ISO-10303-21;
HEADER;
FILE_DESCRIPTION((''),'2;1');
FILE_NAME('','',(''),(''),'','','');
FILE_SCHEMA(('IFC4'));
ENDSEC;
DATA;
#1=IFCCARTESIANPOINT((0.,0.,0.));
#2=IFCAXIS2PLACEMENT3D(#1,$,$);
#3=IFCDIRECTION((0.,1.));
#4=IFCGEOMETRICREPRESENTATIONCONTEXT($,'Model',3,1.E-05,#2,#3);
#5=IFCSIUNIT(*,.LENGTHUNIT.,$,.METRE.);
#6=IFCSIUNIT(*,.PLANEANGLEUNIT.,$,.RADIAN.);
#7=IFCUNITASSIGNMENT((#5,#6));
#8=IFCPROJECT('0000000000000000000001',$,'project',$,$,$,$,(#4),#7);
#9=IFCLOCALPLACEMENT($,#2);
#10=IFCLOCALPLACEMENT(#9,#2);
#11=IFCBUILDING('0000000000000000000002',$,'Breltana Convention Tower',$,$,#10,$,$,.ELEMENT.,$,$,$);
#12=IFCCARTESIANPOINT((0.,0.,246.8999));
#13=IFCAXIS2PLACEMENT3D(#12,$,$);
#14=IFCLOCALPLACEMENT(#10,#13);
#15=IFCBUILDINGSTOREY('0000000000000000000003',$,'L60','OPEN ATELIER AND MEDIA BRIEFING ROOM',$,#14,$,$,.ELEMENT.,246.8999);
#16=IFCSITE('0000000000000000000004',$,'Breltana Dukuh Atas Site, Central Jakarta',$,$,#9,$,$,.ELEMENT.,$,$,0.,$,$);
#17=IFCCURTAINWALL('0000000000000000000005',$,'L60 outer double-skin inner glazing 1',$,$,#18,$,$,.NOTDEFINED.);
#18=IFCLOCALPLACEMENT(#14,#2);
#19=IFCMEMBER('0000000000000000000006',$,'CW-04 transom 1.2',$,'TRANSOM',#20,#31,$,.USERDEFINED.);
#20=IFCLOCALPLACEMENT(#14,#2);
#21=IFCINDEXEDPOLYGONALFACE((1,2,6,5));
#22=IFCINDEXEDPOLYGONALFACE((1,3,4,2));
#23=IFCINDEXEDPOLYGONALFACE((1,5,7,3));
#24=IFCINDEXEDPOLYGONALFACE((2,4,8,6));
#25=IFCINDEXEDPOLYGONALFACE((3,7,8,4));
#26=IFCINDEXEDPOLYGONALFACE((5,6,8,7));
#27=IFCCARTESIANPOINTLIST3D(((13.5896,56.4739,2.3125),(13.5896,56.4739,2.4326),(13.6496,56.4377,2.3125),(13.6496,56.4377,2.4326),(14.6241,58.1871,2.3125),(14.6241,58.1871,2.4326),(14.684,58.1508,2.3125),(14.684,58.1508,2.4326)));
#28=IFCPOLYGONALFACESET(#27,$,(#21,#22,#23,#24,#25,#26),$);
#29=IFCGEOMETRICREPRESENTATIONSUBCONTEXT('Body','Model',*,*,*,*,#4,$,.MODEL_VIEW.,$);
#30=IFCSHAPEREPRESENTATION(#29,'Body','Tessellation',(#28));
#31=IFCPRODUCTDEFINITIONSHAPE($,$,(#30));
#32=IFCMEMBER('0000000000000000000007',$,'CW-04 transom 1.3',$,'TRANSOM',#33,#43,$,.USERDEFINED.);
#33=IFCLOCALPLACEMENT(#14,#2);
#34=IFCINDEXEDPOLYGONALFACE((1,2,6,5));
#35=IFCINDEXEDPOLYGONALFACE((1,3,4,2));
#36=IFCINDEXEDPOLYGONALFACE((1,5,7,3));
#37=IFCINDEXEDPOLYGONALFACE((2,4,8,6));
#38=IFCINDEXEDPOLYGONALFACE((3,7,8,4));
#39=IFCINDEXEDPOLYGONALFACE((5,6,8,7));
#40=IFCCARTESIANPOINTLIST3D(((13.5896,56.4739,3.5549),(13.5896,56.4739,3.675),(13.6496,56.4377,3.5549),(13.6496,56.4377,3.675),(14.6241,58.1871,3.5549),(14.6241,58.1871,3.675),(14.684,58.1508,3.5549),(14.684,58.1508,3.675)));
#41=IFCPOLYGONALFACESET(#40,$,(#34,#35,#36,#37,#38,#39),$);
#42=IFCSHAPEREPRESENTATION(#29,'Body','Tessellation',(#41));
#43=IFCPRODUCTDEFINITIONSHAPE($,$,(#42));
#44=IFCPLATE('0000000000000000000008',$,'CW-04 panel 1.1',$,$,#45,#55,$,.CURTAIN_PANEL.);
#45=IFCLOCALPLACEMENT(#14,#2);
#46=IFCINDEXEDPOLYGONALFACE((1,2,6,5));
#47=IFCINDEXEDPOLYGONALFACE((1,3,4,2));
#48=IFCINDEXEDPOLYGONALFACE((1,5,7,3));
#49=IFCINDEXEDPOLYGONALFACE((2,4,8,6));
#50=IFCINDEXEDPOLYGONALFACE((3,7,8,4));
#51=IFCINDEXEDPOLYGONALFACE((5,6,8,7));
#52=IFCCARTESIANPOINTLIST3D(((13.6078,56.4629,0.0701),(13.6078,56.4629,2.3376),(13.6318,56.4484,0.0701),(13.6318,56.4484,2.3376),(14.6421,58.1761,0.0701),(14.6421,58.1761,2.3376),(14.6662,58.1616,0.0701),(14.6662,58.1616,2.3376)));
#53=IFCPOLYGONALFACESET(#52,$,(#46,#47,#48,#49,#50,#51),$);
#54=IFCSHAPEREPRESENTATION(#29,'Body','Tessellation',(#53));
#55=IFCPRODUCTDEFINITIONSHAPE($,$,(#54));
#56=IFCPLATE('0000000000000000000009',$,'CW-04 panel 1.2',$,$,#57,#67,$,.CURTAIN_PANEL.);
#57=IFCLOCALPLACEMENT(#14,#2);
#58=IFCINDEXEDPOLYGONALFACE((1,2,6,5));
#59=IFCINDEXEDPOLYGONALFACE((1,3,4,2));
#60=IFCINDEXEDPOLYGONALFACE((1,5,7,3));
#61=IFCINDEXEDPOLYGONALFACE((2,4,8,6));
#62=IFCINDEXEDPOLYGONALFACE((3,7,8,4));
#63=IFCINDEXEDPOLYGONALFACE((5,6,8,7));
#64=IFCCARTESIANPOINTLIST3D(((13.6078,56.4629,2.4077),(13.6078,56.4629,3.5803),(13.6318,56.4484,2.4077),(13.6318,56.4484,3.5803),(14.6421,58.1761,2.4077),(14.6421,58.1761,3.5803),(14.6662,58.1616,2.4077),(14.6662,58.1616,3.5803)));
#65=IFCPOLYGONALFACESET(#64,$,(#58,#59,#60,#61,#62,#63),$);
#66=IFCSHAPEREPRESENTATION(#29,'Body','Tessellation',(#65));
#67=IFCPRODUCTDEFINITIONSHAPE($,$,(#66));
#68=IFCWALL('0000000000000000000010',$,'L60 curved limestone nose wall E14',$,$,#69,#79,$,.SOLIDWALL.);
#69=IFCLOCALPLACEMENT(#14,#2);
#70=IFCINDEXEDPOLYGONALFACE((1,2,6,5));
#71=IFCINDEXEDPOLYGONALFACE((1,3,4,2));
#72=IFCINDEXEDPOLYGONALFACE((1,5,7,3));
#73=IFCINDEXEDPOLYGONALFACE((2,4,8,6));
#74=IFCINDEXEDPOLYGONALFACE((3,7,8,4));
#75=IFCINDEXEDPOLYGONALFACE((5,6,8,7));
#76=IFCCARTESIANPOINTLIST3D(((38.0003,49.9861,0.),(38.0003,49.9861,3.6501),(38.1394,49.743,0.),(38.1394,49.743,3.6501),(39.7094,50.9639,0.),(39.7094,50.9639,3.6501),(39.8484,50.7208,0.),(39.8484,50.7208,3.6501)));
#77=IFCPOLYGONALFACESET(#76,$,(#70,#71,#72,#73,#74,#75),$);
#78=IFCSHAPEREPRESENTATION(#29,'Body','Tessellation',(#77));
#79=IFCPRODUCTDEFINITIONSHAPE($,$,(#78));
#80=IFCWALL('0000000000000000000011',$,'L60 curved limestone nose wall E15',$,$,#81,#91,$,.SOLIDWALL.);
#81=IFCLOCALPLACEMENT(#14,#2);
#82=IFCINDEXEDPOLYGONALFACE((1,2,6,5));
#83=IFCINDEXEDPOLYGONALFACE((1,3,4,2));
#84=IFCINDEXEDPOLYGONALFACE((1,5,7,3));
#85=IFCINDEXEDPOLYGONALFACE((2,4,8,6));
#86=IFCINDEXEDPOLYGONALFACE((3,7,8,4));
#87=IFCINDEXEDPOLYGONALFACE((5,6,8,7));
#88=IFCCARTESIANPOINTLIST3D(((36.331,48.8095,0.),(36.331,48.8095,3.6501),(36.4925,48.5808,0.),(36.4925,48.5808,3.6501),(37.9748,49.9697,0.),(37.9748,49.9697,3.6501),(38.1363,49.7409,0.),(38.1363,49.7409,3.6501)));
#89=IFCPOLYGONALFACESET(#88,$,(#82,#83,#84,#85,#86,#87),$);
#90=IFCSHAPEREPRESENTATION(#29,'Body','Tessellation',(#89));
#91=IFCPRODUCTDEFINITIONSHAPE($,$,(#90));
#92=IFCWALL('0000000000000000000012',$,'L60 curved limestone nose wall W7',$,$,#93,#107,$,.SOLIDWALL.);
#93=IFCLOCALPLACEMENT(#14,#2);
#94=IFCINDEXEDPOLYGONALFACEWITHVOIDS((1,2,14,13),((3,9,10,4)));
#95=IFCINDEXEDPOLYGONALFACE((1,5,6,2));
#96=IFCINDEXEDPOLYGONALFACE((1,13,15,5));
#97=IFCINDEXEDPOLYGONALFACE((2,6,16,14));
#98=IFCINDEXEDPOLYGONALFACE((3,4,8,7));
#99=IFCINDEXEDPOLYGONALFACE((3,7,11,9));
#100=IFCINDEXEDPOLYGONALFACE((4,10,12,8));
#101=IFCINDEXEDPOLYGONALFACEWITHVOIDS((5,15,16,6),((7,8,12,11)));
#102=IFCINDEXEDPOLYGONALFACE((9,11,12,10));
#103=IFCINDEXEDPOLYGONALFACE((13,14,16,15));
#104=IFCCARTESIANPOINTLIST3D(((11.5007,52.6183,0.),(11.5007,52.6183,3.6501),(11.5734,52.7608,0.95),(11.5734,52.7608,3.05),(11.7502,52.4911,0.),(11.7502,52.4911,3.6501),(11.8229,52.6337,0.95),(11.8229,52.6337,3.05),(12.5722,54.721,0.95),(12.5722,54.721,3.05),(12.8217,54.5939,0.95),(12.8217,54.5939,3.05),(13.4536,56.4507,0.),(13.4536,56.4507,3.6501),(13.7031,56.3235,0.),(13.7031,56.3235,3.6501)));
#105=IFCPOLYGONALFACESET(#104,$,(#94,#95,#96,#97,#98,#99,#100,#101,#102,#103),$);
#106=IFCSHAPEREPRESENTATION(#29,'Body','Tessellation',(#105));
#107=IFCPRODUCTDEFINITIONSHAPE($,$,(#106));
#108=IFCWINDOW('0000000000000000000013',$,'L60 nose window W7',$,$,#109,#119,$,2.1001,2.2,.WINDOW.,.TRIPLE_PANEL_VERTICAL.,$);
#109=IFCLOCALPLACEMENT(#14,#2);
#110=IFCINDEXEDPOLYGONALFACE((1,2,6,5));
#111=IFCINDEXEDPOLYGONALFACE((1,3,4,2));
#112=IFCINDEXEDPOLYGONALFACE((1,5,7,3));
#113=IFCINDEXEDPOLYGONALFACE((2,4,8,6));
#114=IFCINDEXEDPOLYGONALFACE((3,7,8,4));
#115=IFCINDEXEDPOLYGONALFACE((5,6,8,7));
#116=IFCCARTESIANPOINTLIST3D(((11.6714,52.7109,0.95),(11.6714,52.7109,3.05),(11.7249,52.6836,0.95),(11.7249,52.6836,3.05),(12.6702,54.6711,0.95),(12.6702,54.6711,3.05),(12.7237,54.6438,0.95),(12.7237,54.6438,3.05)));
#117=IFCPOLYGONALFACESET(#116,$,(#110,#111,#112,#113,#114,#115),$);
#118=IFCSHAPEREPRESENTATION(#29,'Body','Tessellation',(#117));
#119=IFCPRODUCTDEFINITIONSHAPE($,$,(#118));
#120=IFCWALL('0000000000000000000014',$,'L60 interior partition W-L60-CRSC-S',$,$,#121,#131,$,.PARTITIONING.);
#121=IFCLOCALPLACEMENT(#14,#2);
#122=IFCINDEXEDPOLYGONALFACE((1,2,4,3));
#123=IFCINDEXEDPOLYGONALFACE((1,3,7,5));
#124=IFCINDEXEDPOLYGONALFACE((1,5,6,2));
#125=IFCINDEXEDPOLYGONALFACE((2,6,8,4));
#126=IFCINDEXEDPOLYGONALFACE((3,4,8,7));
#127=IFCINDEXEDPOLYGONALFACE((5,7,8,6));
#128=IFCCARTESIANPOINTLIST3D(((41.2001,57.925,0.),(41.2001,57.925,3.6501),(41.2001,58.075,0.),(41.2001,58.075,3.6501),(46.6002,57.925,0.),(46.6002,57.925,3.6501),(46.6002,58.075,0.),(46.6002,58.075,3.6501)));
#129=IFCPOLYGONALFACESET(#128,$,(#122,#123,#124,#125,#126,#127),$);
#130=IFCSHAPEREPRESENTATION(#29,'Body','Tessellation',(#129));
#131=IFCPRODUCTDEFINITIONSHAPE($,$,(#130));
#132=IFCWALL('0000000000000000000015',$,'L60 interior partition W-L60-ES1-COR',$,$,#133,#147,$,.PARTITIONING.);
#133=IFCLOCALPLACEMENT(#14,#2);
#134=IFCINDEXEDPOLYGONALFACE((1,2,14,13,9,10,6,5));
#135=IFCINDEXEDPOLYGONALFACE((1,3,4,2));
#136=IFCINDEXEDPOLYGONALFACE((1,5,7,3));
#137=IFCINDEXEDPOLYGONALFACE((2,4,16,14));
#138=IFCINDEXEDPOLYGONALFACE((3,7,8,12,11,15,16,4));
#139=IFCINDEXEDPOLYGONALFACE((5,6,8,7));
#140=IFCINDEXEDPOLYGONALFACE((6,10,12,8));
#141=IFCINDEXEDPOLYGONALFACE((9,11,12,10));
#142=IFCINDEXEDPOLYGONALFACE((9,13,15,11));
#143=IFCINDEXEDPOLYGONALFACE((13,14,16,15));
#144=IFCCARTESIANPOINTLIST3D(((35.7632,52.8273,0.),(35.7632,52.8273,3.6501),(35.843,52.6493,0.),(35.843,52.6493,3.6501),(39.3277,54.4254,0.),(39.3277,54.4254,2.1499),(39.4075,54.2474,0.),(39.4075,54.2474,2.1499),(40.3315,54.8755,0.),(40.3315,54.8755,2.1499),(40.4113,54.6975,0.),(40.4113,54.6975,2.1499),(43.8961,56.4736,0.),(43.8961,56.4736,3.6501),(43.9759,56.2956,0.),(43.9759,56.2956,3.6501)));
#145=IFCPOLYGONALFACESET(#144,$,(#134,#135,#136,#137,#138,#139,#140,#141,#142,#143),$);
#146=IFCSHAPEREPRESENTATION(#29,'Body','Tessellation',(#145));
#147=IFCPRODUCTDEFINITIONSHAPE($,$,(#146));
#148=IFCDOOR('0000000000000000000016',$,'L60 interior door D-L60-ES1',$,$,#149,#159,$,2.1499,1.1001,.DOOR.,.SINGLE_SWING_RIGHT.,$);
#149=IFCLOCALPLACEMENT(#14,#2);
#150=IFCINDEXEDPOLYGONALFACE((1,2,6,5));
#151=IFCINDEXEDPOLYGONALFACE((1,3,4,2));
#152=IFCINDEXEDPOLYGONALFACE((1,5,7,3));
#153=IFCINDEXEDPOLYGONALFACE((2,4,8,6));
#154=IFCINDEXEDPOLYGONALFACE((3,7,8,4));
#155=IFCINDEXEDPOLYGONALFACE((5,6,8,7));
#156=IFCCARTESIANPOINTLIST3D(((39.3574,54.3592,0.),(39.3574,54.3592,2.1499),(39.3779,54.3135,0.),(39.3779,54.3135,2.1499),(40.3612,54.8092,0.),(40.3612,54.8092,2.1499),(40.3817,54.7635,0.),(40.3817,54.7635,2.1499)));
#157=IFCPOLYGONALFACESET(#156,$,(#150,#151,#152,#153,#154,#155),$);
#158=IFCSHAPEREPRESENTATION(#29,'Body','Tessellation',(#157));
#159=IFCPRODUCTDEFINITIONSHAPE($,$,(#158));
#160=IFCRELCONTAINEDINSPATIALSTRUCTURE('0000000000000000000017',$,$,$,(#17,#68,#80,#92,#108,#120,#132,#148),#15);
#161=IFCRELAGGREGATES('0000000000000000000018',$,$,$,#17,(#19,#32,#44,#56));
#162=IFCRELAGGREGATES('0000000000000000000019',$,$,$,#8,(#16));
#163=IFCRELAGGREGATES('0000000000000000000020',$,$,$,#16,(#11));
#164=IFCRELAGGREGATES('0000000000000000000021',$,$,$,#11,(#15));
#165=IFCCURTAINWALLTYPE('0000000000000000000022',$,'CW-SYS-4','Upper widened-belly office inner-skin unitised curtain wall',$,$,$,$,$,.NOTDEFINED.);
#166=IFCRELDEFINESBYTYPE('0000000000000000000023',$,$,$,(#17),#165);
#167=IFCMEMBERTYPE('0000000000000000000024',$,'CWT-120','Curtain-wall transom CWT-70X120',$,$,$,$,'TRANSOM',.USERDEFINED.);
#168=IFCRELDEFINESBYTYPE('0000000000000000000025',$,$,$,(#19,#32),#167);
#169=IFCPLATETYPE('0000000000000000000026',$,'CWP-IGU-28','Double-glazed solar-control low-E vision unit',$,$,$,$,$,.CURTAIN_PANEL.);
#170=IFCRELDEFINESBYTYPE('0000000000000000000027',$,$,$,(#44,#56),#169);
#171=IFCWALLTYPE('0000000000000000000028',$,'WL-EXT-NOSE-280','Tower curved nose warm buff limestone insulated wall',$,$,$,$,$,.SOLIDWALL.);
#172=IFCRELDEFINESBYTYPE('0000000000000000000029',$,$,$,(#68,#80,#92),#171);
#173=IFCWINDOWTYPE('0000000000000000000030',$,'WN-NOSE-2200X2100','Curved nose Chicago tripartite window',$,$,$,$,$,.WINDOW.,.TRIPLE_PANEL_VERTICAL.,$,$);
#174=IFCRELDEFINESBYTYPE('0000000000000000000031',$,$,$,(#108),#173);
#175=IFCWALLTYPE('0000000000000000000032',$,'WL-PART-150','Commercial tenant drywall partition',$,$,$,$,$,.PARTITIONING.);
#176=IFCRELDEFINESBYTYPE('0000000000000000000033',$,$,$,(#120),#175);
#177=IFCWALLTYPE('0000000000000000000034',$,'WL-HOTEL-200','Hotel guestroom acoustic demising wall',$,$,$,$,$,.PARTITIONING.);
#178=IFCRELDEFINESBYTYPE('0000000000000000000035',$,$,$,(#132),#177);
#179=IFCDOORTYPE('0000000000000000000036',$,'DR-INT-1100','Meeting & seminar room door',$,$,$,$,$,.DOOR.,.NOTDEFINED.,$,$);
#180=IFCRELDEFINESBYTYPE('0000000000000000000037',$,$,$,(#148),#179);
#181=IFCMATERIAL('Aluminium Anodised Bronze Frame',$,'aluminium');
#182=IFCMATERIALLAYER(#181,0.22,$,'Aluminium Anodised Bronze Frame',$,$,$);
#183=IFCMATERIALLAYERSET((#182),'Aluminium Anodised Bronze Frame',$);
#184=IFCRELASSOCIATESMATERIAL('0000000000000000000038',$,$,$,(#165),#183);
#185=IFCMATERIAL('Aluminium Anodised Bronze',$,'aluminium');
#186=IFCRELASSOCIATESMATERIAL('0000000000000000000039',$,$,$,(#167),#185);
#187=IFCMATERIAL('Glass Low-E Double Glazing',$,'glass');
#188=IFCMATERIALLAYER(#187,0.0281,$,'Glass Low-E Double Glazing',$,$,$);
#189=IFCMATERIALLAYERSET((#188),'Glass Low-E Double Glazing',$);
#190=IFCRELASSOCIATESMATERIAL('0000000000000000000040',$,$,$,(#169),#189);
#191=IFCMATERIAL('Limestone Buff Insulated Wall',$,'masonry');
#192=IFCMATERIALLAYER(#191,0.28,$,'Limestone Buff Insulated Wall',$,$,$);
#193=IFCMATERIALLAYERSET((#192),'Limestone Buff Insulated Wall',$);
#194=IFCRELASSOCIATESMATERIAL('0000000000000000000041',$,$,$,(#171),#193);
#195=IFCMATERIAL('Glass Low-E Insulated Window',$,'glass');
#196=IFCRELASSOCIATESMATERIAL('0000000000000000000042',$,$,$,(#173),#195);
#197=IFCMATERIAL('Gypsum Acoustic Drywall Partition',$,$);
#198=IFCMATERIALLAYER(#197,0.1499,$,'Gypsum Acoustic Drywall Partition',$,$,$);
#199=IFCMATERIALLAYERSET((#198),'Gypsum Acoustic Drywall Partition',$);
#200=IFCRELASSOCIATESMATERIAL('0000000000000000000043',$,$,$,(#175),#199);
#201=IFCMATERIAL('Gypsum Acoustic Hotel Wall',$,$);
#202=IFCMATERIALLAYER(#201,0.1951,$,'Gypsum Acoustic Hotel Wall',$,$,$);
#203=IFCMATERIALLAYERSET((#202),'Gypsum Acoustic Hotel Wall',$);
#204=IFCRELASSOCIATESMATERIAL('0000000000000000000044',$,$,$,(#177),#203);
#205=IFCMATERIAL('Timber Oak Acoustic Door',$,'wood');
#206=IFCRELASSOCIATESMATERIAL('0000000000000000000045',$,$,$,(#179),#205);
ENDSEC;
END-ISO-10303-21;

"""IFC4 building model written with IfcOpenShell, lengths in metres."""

from ifc_helpers import new_model, si_unit, direction, frame, frame_2d, origin, origin_2d, place, context, subcontext, project, spatial, rectangle, extrude, source, transform, mapped, material, layer, layer_set, material_profile, profile_set, type_object, type_shapes, element, fill, aggregate, save


model = new_model("IFC4")

# Units and contexts
model_context = context("Model", 3, precision=1e-05, world=origin(), true_north=direction((0.0, 1.0)))
body_context = subcontext(model_context, "Body", "Model", "MODEL_VIEW")
ifc_project = project(units=[si_unit("LENGTHUNIT", "METRE"), si_unit("PLANEANGLEUNIT", "RADIAN")], contexts=[model_context])

# Site, building, storey
site_placement = place(None, origin())
site = spatial("IfcSite", under=ifc_project, at=site_placement, Name="Breltana Dukuh Atas Site, Central Jakarta", CompositionType="ELEMENT", RefElevation=0.0)
building_placement = place(site_placement, origin())
building = spatial("IfcBuilding", under=site, at=building_placement, Name="Breltana Convention Tower", CompositionType="ELEMENT")
storey_placement = place(building_placement, frame((0.0, 0.0, 246.8999)))
storey = spatial("IfcBuildingStorey", under=building, at=storey_placement, Name="L60", Description="OPEN ATELIER AND MEDIA BRIEFING ROOM", CompositionType="ELEMENT", Elevation=246.8999)

# Curtain wall, members, plates
ifc_material_1 = material(Name="Aluminium Anodised Bronze Frame", Category="aluminium")
ifc_layer_1 = layer(ifc_material_1, 0.22, Name="Aluminium Anodised Bronze Frame")
ifc_layer_set_1 = layer_set([ifc_layer_1], Name="Aluminium Anodised Bronze Frame")
curtain_wall_type = type_object("IfcCurtainWallType", Name="CW-SYS-4", Description="Upper widened-belly office inner-skin unitised curtain wall", PredefinedType="NOTDEFINED", material=ifc_layer_set_1)
curtain_wall_placement = place(storey_placement, origin())
curtain_wall = element("IfcCurtainWall", 1, at=curtain_wall_placement, inside=storey, type_object=curtain_wall_type, Name="L60 outer double-skin inner glazing 1", PredefinedType="NOTDEFINED")
ifc_material_2 = material(Name="Aluminium Anodised Bronze", Category="aluminium")
ifc_material_profile_1 = material_profile(ifc_material_2, rectangle(XDim=0.0701, YDim=0.1201, at=origin_2d()), Name="CWT-70X120")
ifc_profile_set_1 = profile_set([ifc_material_profile_1], Name="Aluminium Anodised Bronze")
member_type_1 = type_object("IfcMemberType", Name="CWT-120", Description="Curtain-wall transom CWT-70X120", ElementType="TRANSOM", PredefinedType="USERDEFINED", material=ifc_profile_set_1)
shared_shape_1 = source(origin(), body_context, "Body", "SweptSolid", [
    extrude(rectangle(XDim=0.0701, YDim=0.1201, at=origin_2d()), origin(), (0.0, 0.0, 1.0), 2.0012),
])
member_1_placement = place(storey_placement, frame((13.6196, 56.4558, 2.3726), z_axis=(0.516898, 0.856047, 0.0), x_axis=(-0.856047, 0.516898, 0.0)))
member_1 = element("IfcMember", 2, at=member_1_placement, type_object=member_type_1, Name="CW-04 transom 1.2", ObjectType="TRANSOM", PredefinedType="USERDEFINED", context=body_context, shape_type="MappedRepresentation", body=[
    mapped(shared_shape_1, transform((0.0, 0.0, 0.0), scale=1.0)),
])
member_2_placement = place(storey_placement, frame((13.6196, 56.4558, 3.615), z_axis=(0.516898, 0.856047, 0.0), x_axis=(-0.856047, 0.516898, 0.0)))
member_2 = element("IfcMember", 3, at=member_2_placement, type_object=member_type_1, Name="CW-04 transom 1.3", ObjectType="TRANSOM", PredefinedType="USERDEFINED", context=body_context, shape_type="MappedRepresentation", body=[
    mapped(shared_shape_1, transform((0.0, 0.0, 0.0), scale=1.0)),
])
ifc_material_3 = material(Name="Glass Low-E Double Glazing", Category="glass")
ifc_layer_2 = layer(ifc_material_3, 0.0281, Name="Glass Low-E Double Glazing")
ifc_layer_set_2 = layer_set([ifc_layer_2], Name="Glass Low-E Double Glazing")
plate_type = type_object("IfcPlateType", Name="CWP-IGU-28", Description="Double-glazed solar-control low-E vision unit", PredefinedType="CURTAIN_PANEL", material=ifc_layer_set_2)
shared_shape_2 = source(origin(), body_context, "Body", "SweptSolid", [
    extrude(rectangle(XDim=2.0012, YDim=0.0281, at=origin_2d()), origin(), (0.0, 0.0, 1.0), 2.2676),
])
plate_1_placement = place(storey_placement, frame((14.137, 57.3123, 0.0701), z_axis=(0.0, 0.0, 1.0), x_axis=(0.516875, 0.856061, 0.0)))
plate_1 = element("IfcPlate", 4, at=plate_1_placement, type_object=plate_type, Name="CW-04 panel 1.1", PredefinedType="CURTAIN_PANEL", context=body_context, shape_type="MappedRepresentation", body=[
    mapped(shared_shape_2, transform((0.0, 0.0, 0.0), scale=1.0)),
])
shared_shape_3 = source(origin(), body_context, "Body", "SweptSolid", [
    extrude(rectangle(XDim=2.0012, YDim=0.0281, at=origin_2d()), origin(), (0.0, 0.0, 1.0), 1.1726),
])
plate_2_placement = place(storey_placement, frame((14.137, 57.3123, 2.4077), z_axis=(0.0, 0.0, 1.0), x_axis=(0.516875, 0.856061, 0.0)))
plate_2 = element("IfcPlate", 5, at=plate_2_placement, type_object=plate_type, Name="CW-04 panel 1.2", PredefinedType="CURTAIN_PANEL", context=body_context, shape_type="MappedRepresentation", body=[
    mapped(shared_shape_3, transform((0.0, 0.0, 0.0), scale=1.0)),
])
aggregate(curtain_wall, [member_1, member_2, plate_1, plate_2])

# Walls
ifc_material_4 = material(Name="Limestone Buff Insulated Wall", Category="masonry")
ifc_layer_3 = layer(ifc_material_4, 0.28, Name="Limestone Buff Insulated Wall")
ifc_layer_set_3 = layer_set([ifc_layer_3], Name="Limestone Buff Insulated Wall")
wall_type_1 = type_object("IfcWallType", Name="WL-EXT-NOSE-280", Description="Tower curved nose warm buff limestone insulated wall", PredefinedType="SOLIDWALL", material=ifc_layer_set_3)
shared_shape_4 = source(origin(), body_context, "Body", "SweptSolid", [
    extrude(rectangle(XDim=1.969, YDim=0.28, at=frame_2d((0.9844, 0.0))), origin(), (0.0, 0.0, 1.0), 3.6501),
])
wall_1_placement = place(storey_placement, frame((39.7788, 50.8423, 0.0), z_axis=(0.0, 0.0, 1.0), x_axis=(-0.867976, -0.496606, 0.0)))
element("IfcWall", 6, at=wall_1_placement, inside=storey, type_object=wall_type_1, Name="L60 curved limestone nose wall E14", PredefinedType="SOLIDWALL", context=body_context, shape_type="MappedRepresentation", body=[
    mapped(shared_shape_4, transform((0.0, 0.0, 0.0), scale=1.0)),
])
shared_shape_5 = source(origin(), body_context, "Body", "SweptSolid", [
    extrude(rectangle(XDim=2.012, YDim=0.28, at=frame_2d((1.0059, 0.0))), origin(), (0.0, 0.0, 1.0), 3.6501),
])
wall_2_placement = place(storey_placement, frame((38.0554, 49.8552, 0.0), z_axis=(0.0, 0.0, 1.0), x_axis=(-0.817008, -0.576626, 0.0)))
element("IfcWall", 7, at=wall_2_placement, inside=storey, type_object=wall_type_1, Name="L60 curved limestone nose wall E15", PredefinedType="SOLIDWALL", context=body_context, shape_type="MappedRepresentation", body=[
    mapped(shared_shape_5, transform((0.0, 0.0, 0.0), scale=1.0)),
])

# Wall, opening, window
shared_shape_6 = source(origin(), body_context, "Body", "SweptSolid", [
    extrude(rectangle(XDim=4.3013, YDim=0.28, at=frame_2d((2.1506, 0.0))), origin(), (0.0, 0.0, 1.0), 3.6501),
])
wall_3_placement = place(storey_placement, frame((11.6255, 52.5547, 0.0), z_axis=(0.0, 0.0, 1.0), x_axis=(0.454012, 0.890996, 0.0)))
wall_3 = element("IfcWall", 8, at=wall_3_placement, inside=storey, type_object=wall_type_1, Name="L60 curved limestone nose wall W7", PredefinedType="SOLIDWALL", context=body_context, shape_type="MappedRepresentation", body=[
    mapped(shared_shape_6, transform((0.0, 0.0, 0.0), scale=1.0)),
])
opening_1_placement = place(wall_3_placement, frame((0.1599, 0.0, 0.95)))
opening_1 = element("IfcOpeningElement", 9, at=opening_1_placement, cuts=wall_3, PredefinedType="OPENING", context=body_context, shape_type="SweptSolid", body=[
    extrude(rectangle(XDim=2.2, YDim=2.1001, at=frame_2d((1.1001, 1.05))), frame((0.0, 0.1499, 0.0), z_axis=(0.0, -1.0, 0.0), x_axis=(1.0, 0.0, 0.0)), (0.0, 0.0, 1.0), 0.3),
])
ifc_material_5 = material(Name="Glass Low-E Insulated Window", Category="glass")
window_type = type_object("IfcWindowType", Name="WN-NOSE-2200X2100", Description="Curved nose Chicago tripartite window", PartitioningType="TRIPLE_PANEL_VERTICAL", PredefinedType="WINDOW", material=ifc_material_5)
shared_shape_7 = source(origin(), body_context, "Body", "SweptSolid", [
    extrude(rectangle(XDim=2.2, YDim=2.1001, at=frame_2d((1.1001, 1.05))), frame((0.0, 0.03, 0.0), z_axis=(0.0, -1.0, 0.0), x_axis=(1.0, 0.0, 0.0)), (0.0, 0.0, 1.0), 0.0601),
])
type_shapes(window_type, [shared_shape_7])
window_placement = place(opening_1_placement, origin())
window = element("IfcWindow", 10, at=window_placement, inside=storey, type_object=window_type, Name="L60 nose window W7", OverallHeight=2.1001, OverallWidth=2.2, PartitioningType="TRIPLE_PANEL_VERTICAL", PredefinedType="WINDOW", context=body_context, shape_type="MappedRepresentation", body=[
    mapped(shared_shape_7, transform((0.0, 0.0, 0.0), scale=1.0)),
])
fill(opening_1, window)

# Wall
ifc_material_6 = material(Name="Gypsum Acoustic Drywall Partition")
ifc_layer_4 = layer(ifc_material_6, 0.1499, Name="Gypsum Acoustic Drywall Partition")
ifc_layer_set_4 = layer_set([ifc_layer_4], Name="Gypsum Acoustic Drywall Partition")
wall_type_2 = type_object("IfcWallType", Name="WL-PART-150", Description="Commercial tenant drywall partition", PredefinedType="PARTITIONING", material=ifc_layer_set_4)
shared_shape_8 = source(origin(), body_context, "Body", "SweptSolid", [
    extrude(rectangle(XDim=5.4001, YDim=0.1499, at=frame_2d((2.7002, 0.0))), origin(), (0.0, 0.0, 1.0), 3.6501),
])
wall_4_placement = place(storey_placement, frame((41.2, 58.0, 0.0), z_axis=(0.0, 0.0, 1.0), x_axis=(1.0, 0.0, 0.0)))
element("IfcWall", 11, at=wall_4_placement, inside=storey, type_object=wall_type_2, Name="L60 interior partition W-L60-CRSC-S", PredefinedType="PARTITIONING", context=body_context, shape_type="MappedRepresentation", body=[
    mapped(shared_shape_8, transform((0.0, 0.0, 0.0), scale=1.0)),
])

# Wall, opening, door
ifc_material_7 = material(Name="Gypsum Acoustic Hotel Wall")
ifc_layer_5 = layer(ifc_material_7, 0.1951, Name="Gypsum Acoustic Hotel Wall")
ifc_layer_set_5 = layer_set([ifc_layer_5], Name="Gypsum Acoustic Hotel Wall")
wall_type_3 = type_object("IfcWallType", Name="WL-HOTEL-200", Description="Hotel guestroom acoustic demising wall", PredefinedType="PARTITIONING", material=ifc_layer_set_5)
shared_shape_9 = source(origin(), body_context, "Body", "SweptSolid", [
    extrude(rectangle(XDim=8.9128, YDim=0.1951, at=frame_2d((4.4565, 0.0))), origin(), (0.0, 0.0, 1.0), 3.6501),
])
wall_5_placement = place(storey_placement, frame((35.803, 52.7383, 0.0), z_axis=(0.0, 0.0, 1.0), x_axis=(0.912489, 0.409102, 0.0)))
wall_5 = element("IfcWall", 12, at=wall_5_placement, inside=storey, type_object=wall_type_3, Name="L60 interior partition W-L60-ES1-COR", PredefinedType="PARTITIONING", context=body_context, shape_type="MappedRepresentation", body=[
    mapped(shared_shape_9, transform((0.0, 0.0, 0.0), scale=1.0)),
])
opening_2_placement = place(wall_5_placement, frame((3.9065, 0.0, 0.0)))
opening_2 = element("IfcOpeningElement", 13, at=opening_2_placement, cuts=wall_5, PredefinedType="OPENING", context=body_context, shape_type="SweptSolid", body=[
    extrude(rectangle(XDim=1.1001, YDim=2.1499, at=frame_2d((0.55, 1.075))), frame((0.0, 0.1074, 0.0), z_axis=(0.0, -1.0, 0.0), x_axis=(1.0, 0.0, 0.0)), (0.0, 0.0, 1.0), 0.2151),
])
ifc_material_8 = material(Name="Timber Oak Acoustic Door", Category="wood")
door_type_1 = type_object("IfcDoorType", Name="DR-INT-1100", Description="Meeting & seminar room door", OperationType="NOTDEFINED", PredefinedType="DOOR", material=ifc_material_8)
shared_shape_10 = source(origin(), body_context, "Body", "SweptSolid", [
    extrude(rectangle(XDim=1.1001, YDim=2.1499, at=frame_2d((0.55, 1.075))), frame((0.0, 0.0249, 0.0), z_axis=(0.0, -1.0, 0.0), x_axis=(1.0, 0.0, 0.0)), (0.0, 0.0, 1.0), 0.05),
])
type_shapes(door_type_1, [shared_shape_10])
door_1_placement = place(opening_2_placement, origin())
door_1 = element("IfcDoor", 14, at=door_1_placement, inside=storey, type_object=door_type_1, Name="L60 interior door D-L60-ES1", OperationType="SINGLE_SWING_RIGHT", OverallHeight=2.1499, OverallWidth=1.1001, PredefinedType="DOOR", context=body_context, shape_type="MappedRepresentation", body=[
    mapped(shared_shape_10, transform((0.0, 0.0, 0.0), scale=1.0)),
])
fill(opening_2, door_1)

save(model, "model.ifc")
